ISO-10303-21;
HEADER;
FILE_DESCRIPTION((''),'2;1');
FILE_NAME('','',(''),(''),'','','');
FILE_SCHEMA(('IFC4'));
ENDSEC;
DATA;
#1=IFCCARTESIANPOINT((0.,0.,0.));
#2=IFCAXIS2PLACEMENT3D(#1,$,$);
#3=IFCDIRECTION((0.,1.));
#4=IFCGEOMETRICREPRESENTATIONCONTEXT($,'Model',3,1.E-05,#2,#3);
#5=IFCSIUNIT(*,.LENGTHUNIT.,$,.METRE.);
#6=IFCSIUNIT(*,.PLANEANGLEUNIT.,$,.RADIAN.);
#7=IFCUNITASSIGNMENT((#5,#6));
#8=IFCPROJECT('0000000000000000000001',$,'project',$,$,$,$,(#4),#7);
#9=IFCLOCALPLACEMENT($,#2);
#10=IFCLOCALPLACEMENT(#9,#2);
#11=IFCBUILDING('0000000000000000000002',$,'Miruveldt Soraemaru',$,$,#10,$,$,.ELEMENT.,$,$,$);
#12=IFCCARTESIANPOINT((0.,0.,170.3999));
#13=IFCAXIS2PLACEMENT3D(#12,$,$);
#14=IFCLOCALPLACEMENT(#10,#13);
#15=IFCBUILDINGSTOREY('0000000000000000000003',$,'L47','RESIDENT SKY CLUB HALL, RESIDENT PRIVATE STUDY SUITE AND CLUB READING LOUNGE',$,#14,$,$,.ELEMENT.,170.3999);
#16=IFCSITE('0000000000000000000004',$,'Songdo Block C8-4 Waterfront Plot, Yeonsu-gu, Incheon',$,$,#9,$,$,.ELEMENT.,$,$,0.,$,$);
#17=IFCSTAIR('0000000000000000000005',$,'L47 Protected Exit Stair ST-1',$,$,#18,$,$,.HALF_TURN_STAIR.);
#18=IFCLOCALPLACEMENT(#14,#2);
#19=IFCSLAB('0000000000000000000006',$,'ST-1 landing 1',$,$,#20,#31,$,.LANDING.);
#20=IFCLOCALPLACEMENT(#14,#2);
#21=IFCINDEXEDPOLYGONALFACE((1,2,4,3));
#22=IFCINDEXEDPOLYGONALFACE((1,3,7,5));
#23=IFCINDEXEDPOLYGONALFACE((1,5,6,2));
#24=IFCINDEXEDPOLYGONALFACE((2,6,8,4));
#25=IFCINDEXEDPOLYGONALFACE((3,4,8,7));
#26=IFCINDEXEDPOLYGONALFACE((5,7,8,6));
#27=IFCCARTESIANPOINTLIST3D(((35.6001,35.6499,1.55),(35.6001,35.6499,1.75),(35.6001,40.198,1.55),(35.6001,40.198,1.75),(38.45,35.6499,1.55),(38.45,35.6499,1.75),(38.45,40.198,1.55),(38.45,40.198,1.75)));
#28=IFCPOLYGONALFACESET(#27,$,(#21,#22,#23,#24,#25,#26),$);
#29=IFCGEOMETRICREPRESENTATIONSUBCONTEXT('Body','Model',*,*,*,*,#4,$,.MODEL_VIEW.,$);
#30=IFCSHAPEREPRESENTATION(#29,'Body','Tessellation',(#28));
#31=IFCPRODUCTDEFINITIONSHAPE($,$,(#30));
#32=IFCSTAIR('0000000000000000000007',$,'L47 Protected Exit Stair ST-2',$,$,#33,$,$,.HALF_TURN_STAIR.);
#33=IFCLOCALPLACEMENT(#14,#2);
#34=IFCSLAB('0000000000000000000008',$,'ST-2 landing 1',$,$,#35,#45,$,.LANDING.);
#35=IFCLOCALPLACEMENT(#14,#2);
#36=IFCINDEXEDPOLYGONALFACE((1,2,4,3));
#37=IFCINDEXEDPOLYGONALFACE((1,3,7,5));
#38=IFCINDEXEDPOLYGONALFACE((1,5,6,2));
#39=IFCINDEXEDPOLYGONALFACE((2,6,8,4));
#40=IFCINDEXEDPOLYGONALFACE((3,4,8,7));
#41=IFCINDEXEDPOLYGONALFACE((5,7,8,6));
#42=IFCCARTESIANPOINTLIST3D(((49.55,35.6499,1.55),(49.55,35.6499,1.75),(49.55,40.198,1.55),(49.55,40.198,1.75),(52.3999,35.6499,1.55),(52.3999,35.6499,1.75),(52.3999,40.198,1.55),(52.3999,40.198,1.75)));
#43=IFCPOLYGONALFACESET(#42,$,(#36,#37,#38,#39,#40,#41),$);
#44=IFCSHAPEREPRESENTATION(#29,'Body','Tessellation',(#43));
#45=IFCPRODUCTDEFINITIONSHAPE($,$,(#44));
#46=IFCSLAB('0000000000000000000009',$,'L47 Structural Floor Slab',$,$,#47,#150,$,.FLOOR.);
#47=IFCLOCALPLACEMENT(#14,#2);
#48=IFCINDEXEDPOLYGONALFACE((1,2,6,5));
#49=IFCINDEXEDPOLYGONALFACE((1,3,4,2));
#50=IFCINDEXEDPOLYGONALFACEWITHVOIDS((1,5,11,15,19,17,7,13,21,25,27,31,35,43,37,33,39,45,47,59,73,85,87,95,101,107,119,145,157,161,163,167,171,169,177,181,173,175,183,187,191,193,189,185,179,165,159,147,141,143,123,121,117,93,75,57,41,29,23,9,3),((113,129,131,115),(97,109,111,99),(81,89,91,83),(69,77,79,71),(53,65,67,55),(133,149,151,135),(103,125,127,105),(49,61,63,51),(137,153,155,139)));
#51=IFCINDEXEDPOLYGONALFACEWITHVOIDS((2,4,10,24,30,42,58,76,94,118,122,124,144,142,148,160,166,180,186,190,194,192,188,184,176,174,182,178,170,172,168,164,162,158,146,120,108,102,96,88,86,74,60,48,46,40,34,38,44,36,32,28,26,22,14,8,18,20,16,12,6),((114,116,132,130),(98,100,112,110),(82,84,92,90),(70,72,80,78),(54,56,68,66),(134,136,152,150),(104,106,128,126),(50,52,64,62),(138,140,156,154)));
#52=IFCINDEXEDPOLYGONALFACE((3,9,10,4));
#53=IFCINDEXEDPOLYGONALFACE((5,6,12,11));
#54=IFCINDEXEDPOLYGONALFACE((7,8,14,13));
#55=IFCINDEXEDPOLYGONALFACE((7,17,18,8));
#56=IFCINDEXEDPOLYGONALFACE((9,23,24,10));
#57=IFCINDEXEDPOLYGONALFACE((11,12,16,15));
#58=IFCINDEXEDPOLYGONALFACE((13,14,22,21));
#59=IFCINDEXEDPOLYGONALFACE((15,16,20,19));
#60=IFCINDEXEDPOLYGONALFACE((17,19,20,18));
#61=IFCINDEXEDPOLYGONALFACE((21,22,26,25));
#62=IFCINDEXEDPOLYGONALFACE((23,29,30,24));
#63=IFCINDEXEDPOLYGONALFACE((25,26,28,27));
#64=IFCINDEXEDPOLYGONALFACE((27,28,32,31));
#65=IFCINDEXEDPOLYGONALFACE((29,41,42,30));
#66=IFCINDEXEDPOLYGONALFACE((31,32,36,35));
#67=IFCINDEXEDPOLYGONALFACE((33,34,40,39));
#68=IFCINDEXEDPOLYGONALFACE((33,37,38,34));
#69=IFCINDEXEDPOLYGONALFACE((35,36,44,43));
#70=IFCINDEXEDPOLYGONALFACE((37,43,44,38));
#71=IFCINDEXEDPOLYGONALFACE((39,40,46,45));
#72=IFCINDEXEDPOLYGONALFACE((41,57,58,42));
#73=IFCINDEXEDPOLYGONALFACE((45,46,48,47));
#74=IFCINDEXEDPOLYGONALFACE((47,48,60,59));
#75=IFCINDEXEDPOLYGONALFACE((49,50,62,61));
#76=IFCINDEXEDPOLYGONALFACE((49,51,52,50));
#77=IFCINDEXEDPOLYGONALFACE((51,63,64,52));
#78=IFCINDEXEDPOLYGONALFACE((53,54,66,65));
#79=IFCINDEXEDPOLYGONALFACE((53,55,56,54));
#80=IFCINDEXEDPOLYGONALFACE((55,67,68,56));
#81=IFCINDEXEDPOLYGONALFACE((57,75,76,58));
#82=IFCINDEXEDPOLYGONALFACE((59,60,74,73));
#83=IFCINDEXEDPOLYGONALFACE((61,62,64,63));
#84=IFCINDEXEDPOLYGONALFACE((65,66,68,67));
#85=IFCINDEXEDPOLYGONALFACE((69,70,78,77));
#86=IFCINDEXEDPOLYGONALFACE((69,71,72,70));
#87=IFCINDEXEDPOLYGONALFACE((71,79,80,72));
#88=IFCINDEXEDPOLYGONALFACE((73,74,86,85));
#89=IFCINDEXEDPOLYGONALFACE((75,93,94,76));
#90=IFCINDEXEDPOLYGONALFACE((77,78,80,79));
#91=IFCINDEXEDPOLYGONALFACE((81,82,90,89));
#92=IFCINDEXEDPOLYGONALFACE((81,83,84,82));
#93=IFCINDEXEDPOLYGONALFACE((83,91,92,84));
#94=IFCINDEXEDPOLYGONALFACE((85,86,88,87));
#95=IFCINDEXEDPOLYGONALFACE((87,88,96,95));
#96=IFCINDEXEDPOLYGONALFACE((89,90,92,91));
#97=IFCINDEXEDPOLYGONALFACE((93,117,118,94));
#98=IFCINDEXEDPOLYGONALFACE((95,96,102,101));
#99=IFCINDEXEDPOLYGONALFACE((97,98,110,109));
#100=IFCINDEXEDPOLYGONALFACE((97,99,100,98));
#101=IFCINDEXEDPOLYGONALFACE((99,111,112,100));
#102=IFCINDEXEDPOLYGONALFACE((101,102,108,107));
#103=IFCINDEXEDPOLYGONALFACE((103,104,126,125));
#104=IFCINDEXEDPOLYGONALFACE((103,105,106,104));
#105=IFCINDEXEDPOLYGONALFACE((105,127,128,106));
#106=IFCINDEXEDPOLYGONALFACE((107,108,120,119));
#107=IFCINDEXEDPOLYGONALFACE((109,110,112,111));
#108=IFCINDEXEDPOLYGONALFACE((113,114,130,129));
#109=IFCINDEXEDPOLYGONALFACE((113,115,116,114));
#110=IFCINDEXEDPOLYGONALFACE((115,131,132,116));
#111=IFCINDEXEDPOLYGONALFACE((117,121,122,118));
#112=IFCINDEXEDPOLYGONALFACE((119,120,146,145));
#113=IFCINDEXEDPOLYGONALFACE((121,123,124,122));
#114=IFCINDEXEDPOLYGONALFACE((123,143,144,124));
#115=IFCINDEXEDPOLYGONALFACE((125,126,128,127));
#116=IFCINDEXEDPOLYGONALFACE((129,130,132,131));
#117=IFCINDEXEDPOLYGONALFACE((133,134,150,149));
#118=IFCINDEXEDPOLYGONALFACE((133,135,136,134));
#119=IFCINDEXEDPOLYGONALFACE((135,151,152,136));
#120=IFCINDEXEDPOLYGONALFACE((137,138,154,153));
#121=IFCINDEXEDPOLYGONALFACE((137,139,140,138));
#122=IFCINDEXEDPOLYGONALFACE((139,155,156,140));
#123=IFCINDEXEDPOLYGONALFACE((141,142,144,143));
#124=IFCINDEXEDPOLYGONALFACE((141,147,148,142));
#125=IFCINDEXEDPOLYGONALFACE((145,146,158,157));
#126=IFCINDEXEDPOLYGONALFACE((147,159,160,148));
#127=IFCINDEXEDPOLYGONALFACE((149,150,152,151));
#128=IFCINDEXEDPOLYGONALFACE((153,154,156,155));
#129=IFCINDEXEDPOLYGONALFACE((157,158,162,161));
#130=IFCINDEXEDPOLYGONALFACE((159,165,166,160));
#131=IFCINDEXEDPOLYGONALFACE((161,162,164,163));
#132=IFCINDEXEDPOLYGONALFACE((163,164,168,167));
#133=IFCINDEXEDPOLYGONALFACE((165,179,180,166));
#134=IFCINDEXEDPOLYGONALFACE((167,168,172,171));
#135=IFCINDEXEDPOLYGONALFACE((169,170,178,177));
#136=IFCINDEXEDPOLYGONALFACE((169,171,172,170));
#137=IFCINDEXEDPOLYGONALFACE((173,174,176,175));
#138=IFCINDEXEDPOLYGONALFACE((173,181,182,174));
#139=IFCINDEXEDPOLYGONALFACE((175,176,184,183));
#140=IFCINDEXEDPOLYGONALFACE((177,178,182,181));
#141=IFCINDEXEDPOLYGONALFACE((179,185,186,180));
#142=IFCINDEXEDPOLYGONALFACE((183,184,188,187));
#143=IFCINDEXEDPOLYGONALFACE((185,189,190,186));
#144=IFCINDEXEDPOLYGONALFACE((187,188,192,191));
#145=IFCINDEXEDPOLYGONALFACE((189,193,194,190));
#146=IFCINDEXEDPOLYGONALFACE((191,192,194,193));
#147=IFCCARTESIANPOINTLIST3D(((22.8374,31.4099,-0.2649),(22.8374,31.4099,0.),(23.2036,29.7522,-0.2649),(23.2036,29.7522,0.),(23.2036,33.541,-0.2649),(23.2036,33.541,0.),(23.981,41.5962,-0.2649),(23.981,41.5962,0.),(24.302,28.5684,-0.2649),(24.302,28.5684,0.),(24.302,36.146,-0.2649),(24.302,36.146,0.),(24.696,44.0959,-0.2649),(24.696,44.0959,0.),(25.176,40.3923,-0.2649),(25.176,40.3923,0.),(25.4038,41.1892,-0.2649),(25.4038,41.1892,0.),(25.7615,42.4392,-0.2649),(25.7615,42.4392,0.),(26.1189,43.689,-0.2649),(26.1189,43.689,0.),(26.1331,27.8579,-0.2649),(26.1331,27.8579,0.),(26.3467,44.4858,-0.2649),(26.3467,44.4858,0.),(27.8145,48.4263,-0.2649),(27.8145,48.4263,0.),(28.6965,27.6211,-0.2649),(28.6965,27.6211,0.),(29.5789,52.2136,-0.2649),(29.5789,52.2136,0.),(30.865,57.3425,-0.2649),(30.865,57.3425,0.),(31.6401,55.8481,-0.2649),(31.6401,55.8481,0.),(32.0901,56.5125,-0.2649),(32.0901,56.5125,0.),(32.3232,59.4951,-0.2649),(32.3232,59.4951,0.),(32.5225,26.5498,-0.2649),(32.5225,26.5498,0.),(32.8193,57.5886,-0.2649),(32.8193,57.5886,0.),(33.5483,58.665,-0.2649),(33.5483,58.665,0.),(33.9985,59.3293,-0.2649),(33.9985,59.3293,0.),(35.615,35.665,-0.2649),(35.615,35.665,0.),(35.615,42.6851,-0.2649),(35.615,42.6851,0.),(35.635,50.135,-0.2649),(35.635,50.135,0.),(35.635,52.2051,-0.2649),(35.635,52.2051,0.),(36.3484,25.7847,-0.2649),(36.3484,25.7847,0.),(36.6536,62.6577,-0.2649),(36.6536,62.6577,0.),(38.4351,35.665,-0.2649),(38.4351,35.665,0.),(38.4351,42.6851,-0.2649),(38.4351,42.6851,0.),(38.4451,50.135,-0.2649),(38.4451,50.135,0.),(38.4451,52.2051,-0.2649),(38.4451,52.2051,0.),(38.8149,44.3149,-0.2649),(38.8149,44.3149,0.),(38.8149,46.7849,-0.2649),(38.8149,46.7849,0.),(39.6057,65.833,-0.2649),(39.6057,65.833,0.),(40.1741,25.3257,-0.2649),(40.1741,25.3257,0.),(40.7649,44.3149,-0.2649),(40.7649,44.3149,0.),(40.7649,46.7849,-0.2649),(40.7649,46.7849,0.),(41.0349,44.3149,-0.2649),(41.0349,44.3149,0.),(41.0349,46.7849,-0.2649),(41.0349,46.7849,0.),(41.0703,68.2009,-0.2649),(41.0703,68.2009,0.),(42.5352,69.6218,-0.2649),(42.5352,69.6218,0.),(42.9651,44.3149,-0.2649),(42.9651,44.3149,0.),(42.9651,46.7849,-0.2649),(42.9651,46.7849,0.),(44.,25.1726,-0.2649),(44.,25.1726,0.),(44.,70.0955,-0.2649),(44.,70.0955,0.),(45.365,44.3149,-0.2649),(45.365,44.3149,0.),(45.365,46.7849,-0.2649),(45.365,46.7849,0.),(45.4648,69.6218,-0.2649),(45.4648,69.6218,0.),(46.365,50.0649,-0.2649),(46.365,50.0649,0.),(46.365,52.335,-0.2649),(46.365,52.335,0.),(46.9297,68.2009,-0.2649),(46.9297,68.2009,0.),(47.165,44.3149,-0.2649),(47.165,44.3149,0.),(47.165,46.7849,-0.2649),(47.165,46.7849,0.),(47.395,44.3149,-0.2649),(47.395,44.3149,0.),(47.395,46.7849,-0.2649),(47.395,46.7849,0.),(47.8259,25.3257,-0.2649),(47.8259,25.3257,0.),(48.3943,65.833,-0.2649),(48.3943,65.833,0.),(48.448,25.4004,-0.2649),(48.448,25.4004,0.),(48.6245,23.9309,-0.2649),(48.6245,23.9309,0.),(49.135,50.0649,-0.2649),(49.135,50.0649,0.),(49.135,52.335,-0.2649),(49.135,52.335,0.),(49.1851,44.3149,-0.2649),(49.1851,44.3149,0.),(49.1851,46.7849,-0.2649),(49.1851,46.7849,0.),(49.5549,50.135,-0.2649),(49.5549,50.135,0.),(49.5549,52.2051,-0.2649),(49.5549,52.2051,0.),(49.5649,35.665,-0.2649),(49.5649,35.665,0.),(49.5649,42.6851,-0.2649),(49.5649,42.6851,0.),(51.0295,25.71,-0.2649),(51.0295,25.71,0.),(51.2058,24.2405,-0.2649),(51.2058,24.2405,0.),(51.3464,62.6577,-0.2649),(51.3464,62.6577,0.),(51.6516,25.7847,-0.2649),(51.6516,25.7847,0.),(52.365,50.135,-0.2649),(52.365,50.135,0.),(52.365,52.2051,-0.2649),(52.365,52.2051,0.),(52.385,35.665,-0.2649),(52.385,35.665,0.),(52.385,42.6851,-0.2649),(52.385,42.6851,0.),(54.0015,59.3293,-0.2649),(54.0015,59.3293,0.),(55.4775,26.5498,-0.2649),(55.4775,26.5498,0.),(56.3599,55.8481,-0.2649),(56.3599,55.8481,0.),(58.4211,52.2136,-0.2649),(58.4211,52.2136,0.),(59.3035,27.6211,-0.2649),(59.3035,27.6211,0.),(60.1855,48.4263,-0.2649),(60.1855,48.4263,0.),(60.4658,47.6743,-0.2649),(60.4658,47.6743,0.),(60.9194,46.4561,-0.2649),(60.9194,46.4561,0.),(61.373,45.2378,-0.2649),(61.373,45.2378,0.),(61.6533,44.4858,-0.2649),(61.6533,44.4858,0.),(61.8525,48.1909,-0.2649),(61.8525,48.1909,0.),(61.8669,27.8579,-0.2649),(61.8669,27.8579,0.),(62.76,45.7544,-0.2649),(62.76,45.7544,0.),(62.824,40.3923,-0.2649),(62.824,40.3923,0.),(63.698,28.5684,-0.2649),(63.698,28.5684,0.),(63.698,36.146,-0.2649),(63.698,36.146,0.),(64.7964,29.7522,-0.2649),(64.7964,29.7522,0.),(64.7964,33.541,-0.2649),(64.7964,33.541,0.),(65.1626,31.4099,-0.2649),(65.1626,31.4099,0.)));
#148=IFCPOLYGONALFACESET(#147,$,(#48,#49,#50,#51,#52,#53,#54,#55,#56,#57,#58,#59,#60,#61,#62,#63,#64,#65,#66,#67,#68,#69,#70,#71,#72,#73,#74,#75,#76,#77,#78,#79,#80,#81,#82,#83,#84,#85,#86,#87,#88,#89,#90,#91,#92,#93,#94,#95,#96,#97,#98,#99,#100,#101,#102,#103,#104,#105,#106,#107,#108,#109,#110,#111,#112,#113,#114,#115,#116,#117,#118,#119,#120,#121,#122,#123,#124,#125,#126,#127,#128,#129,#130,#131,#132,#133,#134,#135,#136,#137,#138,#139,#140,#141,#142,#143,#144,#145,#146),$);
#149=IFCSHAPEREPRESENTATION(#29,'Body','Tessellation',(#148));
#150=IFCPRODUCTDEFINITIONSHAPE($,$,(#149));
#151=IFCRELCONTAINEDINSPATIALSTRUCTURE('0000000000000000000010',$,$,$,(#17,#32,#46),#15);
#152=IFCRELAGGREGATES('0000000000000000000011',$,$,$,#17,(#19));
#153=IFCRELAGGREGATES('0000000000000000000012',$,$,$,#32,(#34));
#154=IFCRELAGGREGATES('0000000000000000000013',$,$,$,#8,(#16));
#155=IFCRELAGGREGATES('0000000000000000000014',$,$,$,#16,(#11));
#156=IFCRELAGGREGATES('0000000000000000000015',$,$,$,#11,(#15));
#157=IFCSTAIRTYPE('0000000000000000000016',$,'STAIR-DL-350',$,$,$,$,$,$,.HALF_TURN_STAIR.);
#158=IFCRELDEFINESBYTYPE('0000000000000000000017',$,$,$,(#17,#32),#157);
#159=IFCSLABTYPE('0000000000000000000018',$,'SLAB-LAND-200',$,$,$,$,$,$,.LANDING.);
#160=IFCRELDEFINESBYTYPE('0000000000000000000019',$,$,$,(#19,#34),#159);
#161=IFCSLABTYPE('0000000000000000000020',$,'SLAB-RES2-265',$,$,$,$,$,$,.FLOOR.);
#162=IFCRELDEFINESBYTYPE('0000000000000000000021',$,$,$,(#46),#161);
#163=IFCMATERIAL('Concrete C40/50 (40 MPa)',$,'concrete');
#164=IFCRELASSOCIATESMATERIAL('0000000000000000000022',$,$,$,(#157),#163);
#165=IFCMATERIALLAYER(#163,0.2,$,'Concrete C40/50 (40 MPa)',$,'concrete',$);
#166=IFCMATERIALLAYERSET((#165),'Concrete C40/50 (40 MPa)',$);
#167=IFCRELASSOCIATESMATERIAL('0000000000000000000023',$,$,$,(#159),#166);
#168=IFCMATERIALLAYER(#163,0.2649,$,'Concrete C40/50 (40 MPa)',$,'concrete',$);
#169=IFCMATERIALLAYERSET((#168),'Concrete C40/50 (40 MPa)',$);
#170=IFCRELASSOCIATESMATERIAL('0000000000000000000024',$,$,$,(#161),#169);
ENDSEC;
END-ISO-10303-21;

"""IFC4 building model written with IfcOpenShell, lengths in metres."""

from ifc_helpers import new_model, si_unit, direction, frame, origin, place, context, subcontext, project, spatial, polyline, outline, extrude, material, layer, layer_set, type_object, element, aggregate, save


model = new_model("IFC4")

# Units and contexts
model_context = context("Model", 3, precision=1e-05, world=origin(), true_north=direction((0.0, 1.0)))
body_context = subcontext(model_context, "Body", "Model", "MODEL_VIEW")
ifc_project = project(units=[si_unit("LENGTHUNIT", "METRE"), si_unit("PLANEANGLEUNIT", "RADIAN")], contexts=[model_context])

# Site, building, storey
site_placement = place(None, origin())
site = spatial("IfcSite", under=ifc_project, at=site_placement, Name="Songdo Block C8-4 Waterfront Plot, Yeonsu-gu, Incheon", CompositionType="ELEMENT", RefElevation=0.0)
building_placement = place(site_placement, origin())
building = spatial("IfcBuilding", under=site, at=building_placement, Name="Miruveldt Soraemaru", CompositionType="ELEMENT")
storey_placement = place(building_placement, frame((0.0, 0.0, 170.3999)))
storey = spatial("IfcBuildingStorey", under=building, at=storey_placement, Name="L47", Description="RESIDENT SKY CLUB HALL, RESIDENT PRIVATE STUDY SUITE AND CLUB READING LOUNGE", CompositionType="ELEMENT", Elevation=170.3999)

# Stairs, slabs
ifc_material_1 = material(Name="Concrete C40/50 (40 MPa)", Category="concrete")
stair_type = type_object("IfcStairType", Name="STAIR-DL-350", PredefinedType="HALF_TURN_STAIR", material=ifc_material_1)
stair_1_placement = place(storey_placement, origin())
stair_1 = element("IfcStair", 1, at=stair_1_placement, inside=storey, type_object=stair_type, Name="L47 Protected Exit Stair ST-1", PredefinedType="HALF_TURN_STAIR")
ifc_layer_1 = layer(ifc_material_1, 0.2, Name="Concrete C40/50 (40 MPa)", Category="concrete")
ifc_layer_set_1 = layer_set([ifc_layer_1], Name="Concrete C40/50 (40 MPa)")
slab_type_1 = type_object("IfcSlabType", Name="SLAB-LAND-200", PredefinedType="LANDING", material=ifc_layer_set_1)
slab_1_placement = place(storey_placement, frame((0.0, 0.0, 1.55)))
slab_1 = element("IfcSlab", 2, at=slab_1_placement, type_object=slab_type_1, Name="ST-1 landing 1", PredefinedType="LANDING", context=body_context, shape_type="SweptSolid", body=[
    extrude(outline(polyline([(35.6001, 40.198), (35.6001, 35.6499), (38.45, 35.6499), (38.45, 40.198), (35.6001, 40.198)])), origin(), (0.0, 0.0, 1.0), 0.2),
])
aggregate(stair_1, [slab_1])
stair_2_placement = place(storey_placement, origin())
stair_2 = element("IfcStair", 3, at=stair_2_placement, inside=storey, type_object=stair_type, Name="L47 Protected Exit Stair ST-2", PredefinedType="HALF_TURN_STAIR")
slab_2_placement = place(storey_placement, frame((0.0, 0.0, 1.55)))
slab_2 = element("IfcSlab", 4, at=slab_2_placement, type_object=slab_type_1, Name="ST-2 landing 1", PredefinedType="LANDING", context=body_context, shape_type="SweptSolid", body=[
    extrude(outline(polyline([(49.55, 40.198), (49.55, 35.6499), (52.3999, 35.6499), (52.3999, 40.198), (49.55, 40.198)])), origin(), (0.0, 0.0, 1.0), 0.2),
])
aggregate(stair_2, [slab_2])

# Slab
ifc_layer_2 = layer(ifc_material_1, 0.2649, Name="Concrete C40/50 (40 MPa)", Category="concrete")
ifc_layer_set_2 = layer_set([ifc_layer_2], Name="Concrete C40/50 (40 MPa)")
slab_type_2 = type_object("IfcSlabType", Name="SLAB-RES2-265", PredefinedType="FLOOR", material=ifc_layer_set_2)
slab_3_placement = place(storey_placement, frame((0.0, 0.0, -0.2649)))
element("IfcSlab", 5, at=slab_3_placement, inside=storey, type_object=slab_type_2, Name="L47 Structural Floor Slab", PredefinedType="FLOOR", context=body_context, shape_type="SweptSolid", body=[
    extrude(outline(polyline([(48.6245, 23.9309), (48.448, 25.4004), (47.8259, 25.3257), (44.0, 25.1726), (40.1741, 25.3257), (36.3484, 25.7847), (32.5225, 26.5498), (28.6965, 27.6211), (26.1331, 27.8579), (24.302, 28.5684), (23.2036, 29.7522), (22.8374, 31.4099), (23.2036, 33.541), (24.302, 36.146), (25.176, 40.3923), (25.7615, 42.4392), (25.4038, 41.1892), (23.981, 41.5962), (24.696, 44.0959), (26.1189, 43.689), (26.3467, 44.4858), (27.8145, 48.4263), (29.5789, 52.2136), (31.6401, 55.8481), (32.8193, 57.5886), (32.0901, 56.5125), (30.865, 57.3425), (32.3232, 59.4951), (33.5483, 58.665), (33.9985, 59.3293), (36.6536, 62.6577), (39.6057, 65.833), (41.0703, 68.2009), (42.5352, 69.6218), (44.0, 70.0955), (45.4648, 69.6218), (46.9297, 68.2009), (48.3943, 65.833), (51.3464, 62.6577), (54.0015, 59.3293), (56.3599, 55.8481), (58.4211, 52.2136), (60.1855, 48.4263), (60.9194, 46.4561), (60.4658, 47.6743), (61.8525, 48.1909), (62.76, 45.7544), (61.373, 45.2378), (61.6533, 44.4858), (62.824, 40.3923), (63.698, 36.146), (64.7964, 33.541), (65.1626, 31.4099), (64.7964, 29.7522), (63.698, 28.5684), (61.8669, 27.8579), (59.3035, 27.6211), (55.4775, 26.5498), (51.6516, 25.7847), (49.7388, 25.5552), (51.0295, 25.71), (51.2058, 24.2405), (48.6245, 23.9309)]), holes=[polyline([(35.615, 35.665), (38.4351, 35.665), (38.4351, 42.6851), (35.615, 42.6851), (35.615, 35.665)]), polyline([(49.5649, 35.665), (52.385, 35.665), (52.385, 42.6851), (49.5649, 42.6851), (49.5649, 35.665)]), polyline([(40.7649, 44.3149), (40.7649, 46.7849), (38.8149, 46.7849), (38.8149, 44.3149), (40.7649, 44.3149)]), polyline([(42.9651, 44.3149), (42.9651, 46.7849), (41.0349, 46.7849), (41.0349, 44.3149), (42.9651, 44.3149)]), polyline([(47.165, 44.3149), (47.165, 46.7849), (45.365, 46.7849), (45.365, 44.3149), (47.165, 44.3149)]), polyline([(49.1851, 44.3149), (49.1851, 46.7849), (47.395, 46.7849), (47.395, 44.3149), (49.1851, 44.3149)]), polyline([(38.4451, 50.135), (38.4451, 52.2051), (35.635, 52.2051), (35.635, 50.135), (38.4451, 50.135)]), polyline([(49.5549, 50.135), (52.365, 50.135), (52.365, 52.2051), (49.5549, 52.2051), (49.5549, 50.135)]), polyline([(46.365, 50.0649), (49.135, 50.0649), (49.135, 52.335), (46.365, 52.335), (46.365, 50.0649)])]), origin(), (0.0, 0.0, 1.0), 0.2649),
])

save(model, "model.ifc")
